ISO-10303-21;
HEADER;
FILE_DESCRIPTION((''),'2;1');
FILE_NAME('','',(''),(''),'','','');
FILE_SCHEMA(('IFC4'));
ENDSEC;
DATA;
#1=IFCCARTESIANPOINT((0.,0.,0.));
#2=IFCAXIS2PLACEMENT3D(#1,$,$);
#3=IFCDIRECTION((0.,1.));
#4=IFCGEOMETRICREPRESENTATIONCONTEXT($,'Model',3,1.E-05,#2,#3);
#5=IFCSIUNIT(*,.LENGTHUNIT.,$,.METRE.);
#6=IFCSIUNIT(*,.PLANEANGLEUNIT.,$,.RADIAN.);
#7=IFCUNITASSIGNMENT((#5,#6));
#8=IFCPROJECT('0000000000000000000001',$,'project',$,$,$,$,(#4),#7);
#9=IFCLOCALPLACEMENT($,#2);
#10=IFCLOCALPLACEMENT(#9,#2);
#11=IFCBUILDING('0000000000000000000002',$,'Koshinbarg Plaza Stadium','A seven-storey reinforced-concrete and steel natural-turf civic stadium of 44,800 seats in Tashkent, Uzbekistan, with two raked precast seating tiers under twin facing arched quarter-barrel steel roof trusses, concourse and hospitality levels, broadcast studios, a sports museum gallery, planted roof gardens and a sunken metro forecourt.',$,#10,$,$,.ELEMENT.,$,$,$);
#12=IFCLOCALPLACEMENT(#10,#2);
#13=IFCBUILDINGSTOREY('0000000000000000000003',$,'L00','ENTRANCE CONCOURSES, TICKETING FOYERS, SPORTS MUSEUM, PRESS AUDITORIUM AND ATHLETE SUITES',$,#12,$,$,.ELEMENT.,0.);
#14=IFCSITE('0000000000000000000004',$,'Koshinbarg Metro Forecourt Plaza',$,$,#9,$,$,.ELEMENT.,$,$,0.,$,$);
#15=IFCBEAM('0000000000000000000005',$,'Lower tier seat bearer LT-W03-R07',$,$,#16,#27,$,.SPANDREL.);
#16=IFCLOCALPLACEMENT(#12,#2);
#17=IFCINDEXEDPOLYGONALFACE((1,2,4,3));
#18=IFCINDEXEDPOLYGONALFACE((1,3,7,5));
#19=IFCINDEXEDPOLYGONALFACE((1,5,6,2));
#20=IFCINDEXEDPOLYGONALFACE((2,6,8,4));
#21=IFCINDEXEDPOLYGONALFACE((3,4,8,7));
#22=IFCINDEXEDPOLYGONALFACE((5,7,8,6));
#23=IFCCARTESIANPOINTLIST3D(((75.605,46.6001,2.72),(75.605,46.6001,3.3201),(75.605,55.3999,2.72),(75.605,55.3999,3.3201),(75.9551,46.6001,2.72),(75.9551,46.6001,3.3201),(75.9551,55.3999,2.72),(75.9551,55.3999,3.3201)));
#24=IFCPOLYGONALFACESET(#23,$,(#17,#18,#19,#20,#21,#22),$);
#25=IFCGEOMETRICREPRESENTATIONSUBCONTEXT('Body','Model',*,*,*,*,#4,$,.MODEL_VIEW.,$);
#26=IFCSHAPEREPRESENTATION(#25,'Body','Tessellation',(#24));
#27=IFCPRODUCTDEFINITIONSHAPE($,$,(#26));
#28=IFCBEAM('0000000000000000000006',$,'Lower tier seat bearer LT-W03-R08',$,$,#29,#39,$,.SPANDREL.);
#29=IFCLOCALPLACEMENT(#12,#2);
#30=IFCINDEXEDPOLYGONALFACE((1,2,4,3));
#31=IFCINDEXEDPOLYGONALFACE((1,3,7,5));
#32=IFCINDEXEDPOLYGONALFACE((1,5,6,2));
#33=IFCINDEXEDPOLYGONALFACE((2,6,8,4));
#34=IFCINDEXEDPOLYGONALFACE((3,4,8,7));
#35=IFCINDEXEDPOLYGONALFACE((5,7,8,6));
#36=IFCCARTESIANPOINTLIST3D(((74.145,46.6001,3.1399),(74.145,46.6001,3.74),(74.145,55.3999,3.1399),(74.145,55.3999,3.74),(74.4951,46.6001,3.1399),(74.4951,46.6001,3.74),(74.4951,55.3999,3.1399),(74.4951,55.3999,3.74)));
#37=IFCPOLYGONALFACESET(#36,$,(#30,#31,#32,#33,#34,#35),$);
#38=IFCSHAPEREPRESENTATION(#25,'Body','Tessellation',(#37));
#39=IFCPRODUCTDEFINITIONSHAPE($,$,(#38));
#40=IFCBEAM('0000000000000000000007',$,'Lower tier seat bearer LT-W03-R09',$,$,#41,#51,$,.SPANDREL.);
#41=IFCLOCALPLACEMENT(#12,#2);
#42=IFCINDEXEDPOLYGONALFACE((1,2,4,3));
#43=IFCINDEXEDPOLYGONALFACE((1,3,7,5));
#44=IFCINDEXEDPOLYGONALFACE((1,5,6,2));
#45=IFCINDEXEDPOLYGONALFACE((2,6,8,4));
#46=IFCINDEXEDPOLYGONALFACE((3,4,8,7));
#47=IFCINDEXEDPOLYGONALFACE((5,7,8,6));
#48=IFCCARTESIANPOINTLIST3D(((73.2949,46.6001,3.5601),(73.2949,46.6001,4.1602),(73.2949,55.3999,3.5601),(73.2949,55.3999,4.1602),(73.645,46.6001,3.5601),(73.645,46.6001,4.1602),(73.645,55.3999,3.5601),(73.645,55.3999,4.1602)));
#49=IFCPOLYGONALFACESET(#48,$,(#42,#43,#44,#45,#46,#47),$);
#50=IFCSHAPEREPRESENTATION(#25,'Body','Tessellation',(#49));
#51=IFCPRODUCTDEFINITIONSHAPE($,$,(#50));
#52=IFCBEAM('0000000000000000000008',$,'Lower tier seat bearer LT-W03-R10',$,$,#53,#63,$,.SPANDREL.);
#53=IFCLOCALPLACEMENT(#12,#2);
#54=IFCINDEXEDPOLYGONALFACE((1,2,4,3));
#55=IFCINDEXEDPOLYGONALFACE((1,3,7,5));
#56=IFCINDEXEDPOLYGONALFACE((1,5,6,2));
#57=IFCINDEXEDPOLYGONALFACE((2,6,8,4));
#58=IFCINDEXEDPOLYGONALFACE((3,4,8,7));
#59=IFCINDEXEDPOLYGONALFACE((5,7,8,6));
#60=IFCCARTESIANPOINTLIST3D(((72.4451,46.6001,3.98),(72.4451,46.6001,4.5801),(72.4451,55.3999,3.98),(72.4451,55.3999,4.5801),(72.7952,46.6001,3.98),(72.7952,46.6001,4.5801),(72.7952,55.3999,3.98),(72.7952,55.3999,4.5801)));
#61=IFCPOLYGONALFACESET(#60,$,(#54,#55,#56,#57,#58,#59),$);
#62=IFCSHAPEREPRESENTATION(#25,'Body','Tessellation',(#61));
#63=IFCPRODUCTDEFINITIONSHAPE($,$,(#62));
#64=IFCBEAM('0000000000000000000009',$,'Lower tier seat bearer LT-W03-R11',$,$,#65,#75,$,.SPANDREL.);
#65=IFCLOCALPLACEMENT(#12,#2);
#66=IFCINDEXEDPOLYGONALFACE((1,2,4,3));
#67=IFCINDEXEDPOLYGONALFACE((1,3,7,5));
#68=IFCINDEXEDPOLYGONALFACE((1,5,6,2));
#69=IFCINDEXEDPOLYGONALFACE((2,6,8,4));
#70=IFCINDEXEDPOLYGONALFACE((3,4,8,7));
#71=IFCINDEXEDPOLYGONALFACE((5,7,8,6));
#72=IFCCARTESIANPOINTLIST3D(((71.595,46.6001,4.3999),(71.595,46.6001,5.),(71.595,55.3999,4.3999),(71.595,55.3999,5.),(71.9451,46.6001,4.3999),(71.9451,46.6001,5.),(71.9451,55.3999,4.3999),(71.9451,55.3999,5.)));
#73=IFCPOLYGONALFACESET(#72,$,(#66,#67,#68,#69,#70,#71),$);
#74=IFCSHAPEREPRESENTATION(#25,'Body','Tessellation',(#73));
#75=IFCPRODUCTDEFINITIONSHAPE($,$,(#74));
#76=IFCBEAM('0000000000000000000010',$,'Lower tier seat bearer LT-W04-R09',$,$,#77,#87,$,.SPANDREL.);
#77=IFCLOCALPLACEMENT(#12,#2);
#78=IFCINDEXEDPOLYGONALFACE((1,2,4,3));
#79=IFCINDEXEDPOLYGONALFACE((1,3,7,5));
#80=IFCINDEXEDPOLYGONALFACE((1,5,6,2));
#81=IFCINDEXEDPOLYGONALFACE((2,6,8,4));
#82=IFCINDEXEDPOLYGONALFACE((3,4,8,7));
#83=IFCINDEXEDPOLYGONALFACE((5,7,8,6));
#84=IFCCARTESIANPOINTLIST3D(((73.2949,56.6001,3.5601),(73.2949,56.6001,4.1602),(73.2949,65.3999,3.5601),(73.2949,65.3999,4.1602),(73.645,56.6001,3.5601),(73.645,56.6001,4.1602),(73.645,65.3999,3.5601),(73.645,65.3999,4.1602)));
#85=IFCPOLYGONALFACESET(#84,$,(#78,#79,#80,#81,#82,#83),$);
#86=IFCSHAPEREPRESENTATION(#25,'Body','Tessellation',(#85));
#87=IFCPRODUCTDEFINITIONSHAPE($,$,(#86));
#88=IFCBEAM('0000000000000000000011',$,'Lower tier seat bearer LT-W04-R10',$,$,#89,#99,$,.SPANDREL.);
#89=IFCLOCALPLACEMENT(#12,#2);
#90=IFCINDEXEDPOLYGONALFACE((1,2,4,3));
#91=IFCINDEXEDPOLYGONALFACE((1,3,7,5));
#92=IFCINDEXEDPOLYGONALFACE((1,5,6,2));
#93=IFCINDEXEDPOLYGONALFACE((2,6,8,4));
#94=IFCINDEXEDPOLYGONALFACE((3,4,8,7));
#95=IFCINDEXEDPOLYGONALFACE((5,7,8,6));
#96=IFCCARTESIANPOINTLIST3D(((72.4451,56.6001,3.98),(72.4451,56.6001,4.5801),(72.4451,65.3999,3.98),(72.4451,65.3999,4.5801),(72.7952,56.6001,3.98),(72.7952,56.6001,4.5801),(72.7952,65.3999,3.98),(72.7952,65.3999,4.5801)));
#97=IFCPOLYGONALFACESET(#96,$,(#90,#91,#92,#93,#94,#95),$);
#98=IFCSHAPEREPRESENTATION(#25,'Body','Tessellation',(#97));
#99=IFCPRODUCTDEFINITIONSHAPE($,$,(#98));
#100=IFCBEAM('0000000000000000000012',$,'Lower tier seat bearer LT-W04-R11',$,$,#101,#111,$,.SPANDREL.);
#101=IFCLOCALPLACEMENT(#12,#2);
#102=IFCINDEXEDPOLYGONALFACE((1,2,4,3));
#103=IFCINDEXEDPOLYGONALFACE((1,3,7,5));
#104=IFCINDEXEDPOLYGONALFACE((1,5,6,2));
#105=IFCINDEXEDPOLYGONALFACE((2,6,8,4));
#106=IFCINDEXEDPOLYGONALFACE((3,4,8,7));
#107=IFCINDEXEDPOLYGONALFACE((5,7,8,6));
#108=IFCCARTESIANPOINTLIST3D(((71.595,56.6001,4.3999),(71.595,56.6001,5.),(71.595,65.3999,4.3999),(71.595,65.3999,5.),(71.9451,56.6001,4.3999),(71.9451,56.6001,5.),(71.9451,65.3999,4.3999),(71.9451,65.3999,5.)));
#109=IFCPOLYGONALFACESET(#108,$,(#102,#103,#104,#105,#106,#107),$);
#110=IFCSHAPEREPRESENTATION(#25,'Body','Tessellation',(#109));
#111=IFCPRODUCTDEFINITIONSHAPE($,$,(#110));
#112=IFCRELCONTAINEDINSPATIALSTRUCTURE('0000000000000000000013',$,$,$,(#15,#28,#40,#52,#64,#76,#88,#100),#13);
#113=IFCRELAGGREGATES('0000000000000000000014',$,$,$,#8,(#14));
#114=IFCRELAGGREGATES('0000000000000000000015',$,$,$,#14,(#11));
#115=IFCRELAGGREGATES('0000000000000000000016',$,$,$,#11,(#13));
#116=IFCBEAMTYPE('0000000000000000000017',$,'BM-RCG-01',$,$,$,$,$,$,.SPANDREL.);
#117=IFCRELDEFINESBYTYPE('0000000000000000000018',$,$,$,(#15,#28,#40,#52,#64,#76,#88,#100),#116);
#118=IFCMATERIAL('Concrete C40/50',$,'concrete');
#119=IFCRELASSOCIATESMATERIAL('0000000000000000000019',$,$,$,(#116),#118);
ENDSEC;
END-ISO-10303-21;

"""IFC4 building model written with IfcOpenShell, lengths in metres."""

from ifc_helpers import new_model, si_unit, direction, frame, origin, origin_2d, place, context, subcontext, project, spatial, rectangle, extrude, material, material_profile, profile_set, type_object, element, save


model = new_model("IFC4")

# Units and contexts
model_context = context("Model", 3, precision=1e-05, world=origin(), true_north=direction((0.0, 1.0)))
body_context = subcontext(model_context, "Body", "Model", "MODEL_VIEW")
ifc_project = project(units=[si_unit("LENGTHUNIT", "METRE"), si_unit("PLANEANGLEUNIT", "RADIAN")], contexts=[model_context])

# Site, building, storey
site_placement = place(None, origin())
site = spatial("IfcSite", under=ifc_project, at=site_placement, Name="Koshinbarg Metro Forecourt Plaza", CompositionType="ELEMENT", RefElevation=0.0)
building_placement = place(site_placement, origin())
building = spatial("IfcBuilding", under=site, at=building_placement, Name="Koshinbarg Plaza Stadium", Description="A seven-storey reinforced-concrete and steel natural-turf civic stadium of 44,800 seats in Tashkent, Uzbekistan, with two raked precast seating tiers under twin facing arched quarter-barrel steel roof trusses, concourse and hospitality levels, broadcast studios, a sports museum gallery, planted roof gardens and a sunken metro forecourt.", CompositionType="ELEMENT")
storey_placement = place(building_placement, origin())
storey = spatial("IfcBuildingStorey", under=building, at=storey_placement, Name="L00", Description="ENTRANCE CONCOURSES, TICKETING FOYERS, SPORTS MUSEUM, PRESS AUDITORIUM AND ATHLETE SUITES", CompositionType="ELEMENT", Elevation=0.0)

# Shared definitions
ifc_material_1 = material(Name="Concrete C40/50", Category="concrete")

# Beams
ifc_material_profile_1 = material_profile(ifc_material_1, rectangle(XDim=0.3501, YDim=0.6001, at=origin_2d()), Name="RC 350x600")
ifc_profile_set_1 = profile_set([ifc_material_profile_1], Name="Concrete C40/50")
beam_type = type_object("IfcBeamType", Name="BM-RCG-01", PredefinedType="SPANDREL", material=ifc_profile_set_1)
for number, where, z_axis, x_axis, name in (
    (1, (75.78, 46.6001, 3.02), (0.0, 1.0, 0.0), (-1.0, 0.0, 0.0), "Lower tier seat bearer LT-W03-R07"),
    (2, (74.3201, 46.6001, 3.4399), (0.0, 1.0, 0.0), (-1.0, 0.0, 0.0), "Lower tier seat bearer LT-W03-R08"),
    (3, (73.47, 46.6001, 3.8601), (0.0, 1.0, 0.0), (-1.0, 0.0, 0.0), "Lower tier seat bearer LT-W03-R09"),
    (4, (72.6201, 46.6001, 4.28), (0.0, 1.0, 0.0), (-1.0, 0.0, 0.0), "Lower tier seat bearer LT-W03-R10"),
    (5, (71.77, 46.6001, 4.7), (0.0, 1.0, 0.0), (-1.0, 0.0, 0.0), "Lower tier seat bearer LT-W03-R11"),
    (6, (73.47, 56.6001, 3.8601), (0.0, 1.0, 0.0), (-1.0, 0.0, 0.0), "Lower tier seat bearer LT-W04-R09"),
    (7, (72.6201, 56.6001, 4.28), (0.0, 1.0, 0.0), (-1.0, 0.0, 0.0), "Lower tier seat bearer LT-W04-R10"),
    (8, (71.77, 56.6001, 4.7), (0.0, 1.0, 0.0), (-1.0, 0.0, 0.0), "Lower tier seat bearer LT-W04-R11"),
):
    element("IfcBeam", number, at=place(storey_placement, frame(where, z_axis=z_axis, x_axis=x_axis)), inside=storey, type_object=beam_type, Name=name, PredefinedType="SPANDREL", context=body_context, shape_type="SweptSolid", body=[
        extrude(rectangle(XDim=0.3501, YDim=0.6001, at=origin_2d()), origin(), (0.0, 0.0, 1.0), 8.7998),
    ])

save(model, "model.ifc")
